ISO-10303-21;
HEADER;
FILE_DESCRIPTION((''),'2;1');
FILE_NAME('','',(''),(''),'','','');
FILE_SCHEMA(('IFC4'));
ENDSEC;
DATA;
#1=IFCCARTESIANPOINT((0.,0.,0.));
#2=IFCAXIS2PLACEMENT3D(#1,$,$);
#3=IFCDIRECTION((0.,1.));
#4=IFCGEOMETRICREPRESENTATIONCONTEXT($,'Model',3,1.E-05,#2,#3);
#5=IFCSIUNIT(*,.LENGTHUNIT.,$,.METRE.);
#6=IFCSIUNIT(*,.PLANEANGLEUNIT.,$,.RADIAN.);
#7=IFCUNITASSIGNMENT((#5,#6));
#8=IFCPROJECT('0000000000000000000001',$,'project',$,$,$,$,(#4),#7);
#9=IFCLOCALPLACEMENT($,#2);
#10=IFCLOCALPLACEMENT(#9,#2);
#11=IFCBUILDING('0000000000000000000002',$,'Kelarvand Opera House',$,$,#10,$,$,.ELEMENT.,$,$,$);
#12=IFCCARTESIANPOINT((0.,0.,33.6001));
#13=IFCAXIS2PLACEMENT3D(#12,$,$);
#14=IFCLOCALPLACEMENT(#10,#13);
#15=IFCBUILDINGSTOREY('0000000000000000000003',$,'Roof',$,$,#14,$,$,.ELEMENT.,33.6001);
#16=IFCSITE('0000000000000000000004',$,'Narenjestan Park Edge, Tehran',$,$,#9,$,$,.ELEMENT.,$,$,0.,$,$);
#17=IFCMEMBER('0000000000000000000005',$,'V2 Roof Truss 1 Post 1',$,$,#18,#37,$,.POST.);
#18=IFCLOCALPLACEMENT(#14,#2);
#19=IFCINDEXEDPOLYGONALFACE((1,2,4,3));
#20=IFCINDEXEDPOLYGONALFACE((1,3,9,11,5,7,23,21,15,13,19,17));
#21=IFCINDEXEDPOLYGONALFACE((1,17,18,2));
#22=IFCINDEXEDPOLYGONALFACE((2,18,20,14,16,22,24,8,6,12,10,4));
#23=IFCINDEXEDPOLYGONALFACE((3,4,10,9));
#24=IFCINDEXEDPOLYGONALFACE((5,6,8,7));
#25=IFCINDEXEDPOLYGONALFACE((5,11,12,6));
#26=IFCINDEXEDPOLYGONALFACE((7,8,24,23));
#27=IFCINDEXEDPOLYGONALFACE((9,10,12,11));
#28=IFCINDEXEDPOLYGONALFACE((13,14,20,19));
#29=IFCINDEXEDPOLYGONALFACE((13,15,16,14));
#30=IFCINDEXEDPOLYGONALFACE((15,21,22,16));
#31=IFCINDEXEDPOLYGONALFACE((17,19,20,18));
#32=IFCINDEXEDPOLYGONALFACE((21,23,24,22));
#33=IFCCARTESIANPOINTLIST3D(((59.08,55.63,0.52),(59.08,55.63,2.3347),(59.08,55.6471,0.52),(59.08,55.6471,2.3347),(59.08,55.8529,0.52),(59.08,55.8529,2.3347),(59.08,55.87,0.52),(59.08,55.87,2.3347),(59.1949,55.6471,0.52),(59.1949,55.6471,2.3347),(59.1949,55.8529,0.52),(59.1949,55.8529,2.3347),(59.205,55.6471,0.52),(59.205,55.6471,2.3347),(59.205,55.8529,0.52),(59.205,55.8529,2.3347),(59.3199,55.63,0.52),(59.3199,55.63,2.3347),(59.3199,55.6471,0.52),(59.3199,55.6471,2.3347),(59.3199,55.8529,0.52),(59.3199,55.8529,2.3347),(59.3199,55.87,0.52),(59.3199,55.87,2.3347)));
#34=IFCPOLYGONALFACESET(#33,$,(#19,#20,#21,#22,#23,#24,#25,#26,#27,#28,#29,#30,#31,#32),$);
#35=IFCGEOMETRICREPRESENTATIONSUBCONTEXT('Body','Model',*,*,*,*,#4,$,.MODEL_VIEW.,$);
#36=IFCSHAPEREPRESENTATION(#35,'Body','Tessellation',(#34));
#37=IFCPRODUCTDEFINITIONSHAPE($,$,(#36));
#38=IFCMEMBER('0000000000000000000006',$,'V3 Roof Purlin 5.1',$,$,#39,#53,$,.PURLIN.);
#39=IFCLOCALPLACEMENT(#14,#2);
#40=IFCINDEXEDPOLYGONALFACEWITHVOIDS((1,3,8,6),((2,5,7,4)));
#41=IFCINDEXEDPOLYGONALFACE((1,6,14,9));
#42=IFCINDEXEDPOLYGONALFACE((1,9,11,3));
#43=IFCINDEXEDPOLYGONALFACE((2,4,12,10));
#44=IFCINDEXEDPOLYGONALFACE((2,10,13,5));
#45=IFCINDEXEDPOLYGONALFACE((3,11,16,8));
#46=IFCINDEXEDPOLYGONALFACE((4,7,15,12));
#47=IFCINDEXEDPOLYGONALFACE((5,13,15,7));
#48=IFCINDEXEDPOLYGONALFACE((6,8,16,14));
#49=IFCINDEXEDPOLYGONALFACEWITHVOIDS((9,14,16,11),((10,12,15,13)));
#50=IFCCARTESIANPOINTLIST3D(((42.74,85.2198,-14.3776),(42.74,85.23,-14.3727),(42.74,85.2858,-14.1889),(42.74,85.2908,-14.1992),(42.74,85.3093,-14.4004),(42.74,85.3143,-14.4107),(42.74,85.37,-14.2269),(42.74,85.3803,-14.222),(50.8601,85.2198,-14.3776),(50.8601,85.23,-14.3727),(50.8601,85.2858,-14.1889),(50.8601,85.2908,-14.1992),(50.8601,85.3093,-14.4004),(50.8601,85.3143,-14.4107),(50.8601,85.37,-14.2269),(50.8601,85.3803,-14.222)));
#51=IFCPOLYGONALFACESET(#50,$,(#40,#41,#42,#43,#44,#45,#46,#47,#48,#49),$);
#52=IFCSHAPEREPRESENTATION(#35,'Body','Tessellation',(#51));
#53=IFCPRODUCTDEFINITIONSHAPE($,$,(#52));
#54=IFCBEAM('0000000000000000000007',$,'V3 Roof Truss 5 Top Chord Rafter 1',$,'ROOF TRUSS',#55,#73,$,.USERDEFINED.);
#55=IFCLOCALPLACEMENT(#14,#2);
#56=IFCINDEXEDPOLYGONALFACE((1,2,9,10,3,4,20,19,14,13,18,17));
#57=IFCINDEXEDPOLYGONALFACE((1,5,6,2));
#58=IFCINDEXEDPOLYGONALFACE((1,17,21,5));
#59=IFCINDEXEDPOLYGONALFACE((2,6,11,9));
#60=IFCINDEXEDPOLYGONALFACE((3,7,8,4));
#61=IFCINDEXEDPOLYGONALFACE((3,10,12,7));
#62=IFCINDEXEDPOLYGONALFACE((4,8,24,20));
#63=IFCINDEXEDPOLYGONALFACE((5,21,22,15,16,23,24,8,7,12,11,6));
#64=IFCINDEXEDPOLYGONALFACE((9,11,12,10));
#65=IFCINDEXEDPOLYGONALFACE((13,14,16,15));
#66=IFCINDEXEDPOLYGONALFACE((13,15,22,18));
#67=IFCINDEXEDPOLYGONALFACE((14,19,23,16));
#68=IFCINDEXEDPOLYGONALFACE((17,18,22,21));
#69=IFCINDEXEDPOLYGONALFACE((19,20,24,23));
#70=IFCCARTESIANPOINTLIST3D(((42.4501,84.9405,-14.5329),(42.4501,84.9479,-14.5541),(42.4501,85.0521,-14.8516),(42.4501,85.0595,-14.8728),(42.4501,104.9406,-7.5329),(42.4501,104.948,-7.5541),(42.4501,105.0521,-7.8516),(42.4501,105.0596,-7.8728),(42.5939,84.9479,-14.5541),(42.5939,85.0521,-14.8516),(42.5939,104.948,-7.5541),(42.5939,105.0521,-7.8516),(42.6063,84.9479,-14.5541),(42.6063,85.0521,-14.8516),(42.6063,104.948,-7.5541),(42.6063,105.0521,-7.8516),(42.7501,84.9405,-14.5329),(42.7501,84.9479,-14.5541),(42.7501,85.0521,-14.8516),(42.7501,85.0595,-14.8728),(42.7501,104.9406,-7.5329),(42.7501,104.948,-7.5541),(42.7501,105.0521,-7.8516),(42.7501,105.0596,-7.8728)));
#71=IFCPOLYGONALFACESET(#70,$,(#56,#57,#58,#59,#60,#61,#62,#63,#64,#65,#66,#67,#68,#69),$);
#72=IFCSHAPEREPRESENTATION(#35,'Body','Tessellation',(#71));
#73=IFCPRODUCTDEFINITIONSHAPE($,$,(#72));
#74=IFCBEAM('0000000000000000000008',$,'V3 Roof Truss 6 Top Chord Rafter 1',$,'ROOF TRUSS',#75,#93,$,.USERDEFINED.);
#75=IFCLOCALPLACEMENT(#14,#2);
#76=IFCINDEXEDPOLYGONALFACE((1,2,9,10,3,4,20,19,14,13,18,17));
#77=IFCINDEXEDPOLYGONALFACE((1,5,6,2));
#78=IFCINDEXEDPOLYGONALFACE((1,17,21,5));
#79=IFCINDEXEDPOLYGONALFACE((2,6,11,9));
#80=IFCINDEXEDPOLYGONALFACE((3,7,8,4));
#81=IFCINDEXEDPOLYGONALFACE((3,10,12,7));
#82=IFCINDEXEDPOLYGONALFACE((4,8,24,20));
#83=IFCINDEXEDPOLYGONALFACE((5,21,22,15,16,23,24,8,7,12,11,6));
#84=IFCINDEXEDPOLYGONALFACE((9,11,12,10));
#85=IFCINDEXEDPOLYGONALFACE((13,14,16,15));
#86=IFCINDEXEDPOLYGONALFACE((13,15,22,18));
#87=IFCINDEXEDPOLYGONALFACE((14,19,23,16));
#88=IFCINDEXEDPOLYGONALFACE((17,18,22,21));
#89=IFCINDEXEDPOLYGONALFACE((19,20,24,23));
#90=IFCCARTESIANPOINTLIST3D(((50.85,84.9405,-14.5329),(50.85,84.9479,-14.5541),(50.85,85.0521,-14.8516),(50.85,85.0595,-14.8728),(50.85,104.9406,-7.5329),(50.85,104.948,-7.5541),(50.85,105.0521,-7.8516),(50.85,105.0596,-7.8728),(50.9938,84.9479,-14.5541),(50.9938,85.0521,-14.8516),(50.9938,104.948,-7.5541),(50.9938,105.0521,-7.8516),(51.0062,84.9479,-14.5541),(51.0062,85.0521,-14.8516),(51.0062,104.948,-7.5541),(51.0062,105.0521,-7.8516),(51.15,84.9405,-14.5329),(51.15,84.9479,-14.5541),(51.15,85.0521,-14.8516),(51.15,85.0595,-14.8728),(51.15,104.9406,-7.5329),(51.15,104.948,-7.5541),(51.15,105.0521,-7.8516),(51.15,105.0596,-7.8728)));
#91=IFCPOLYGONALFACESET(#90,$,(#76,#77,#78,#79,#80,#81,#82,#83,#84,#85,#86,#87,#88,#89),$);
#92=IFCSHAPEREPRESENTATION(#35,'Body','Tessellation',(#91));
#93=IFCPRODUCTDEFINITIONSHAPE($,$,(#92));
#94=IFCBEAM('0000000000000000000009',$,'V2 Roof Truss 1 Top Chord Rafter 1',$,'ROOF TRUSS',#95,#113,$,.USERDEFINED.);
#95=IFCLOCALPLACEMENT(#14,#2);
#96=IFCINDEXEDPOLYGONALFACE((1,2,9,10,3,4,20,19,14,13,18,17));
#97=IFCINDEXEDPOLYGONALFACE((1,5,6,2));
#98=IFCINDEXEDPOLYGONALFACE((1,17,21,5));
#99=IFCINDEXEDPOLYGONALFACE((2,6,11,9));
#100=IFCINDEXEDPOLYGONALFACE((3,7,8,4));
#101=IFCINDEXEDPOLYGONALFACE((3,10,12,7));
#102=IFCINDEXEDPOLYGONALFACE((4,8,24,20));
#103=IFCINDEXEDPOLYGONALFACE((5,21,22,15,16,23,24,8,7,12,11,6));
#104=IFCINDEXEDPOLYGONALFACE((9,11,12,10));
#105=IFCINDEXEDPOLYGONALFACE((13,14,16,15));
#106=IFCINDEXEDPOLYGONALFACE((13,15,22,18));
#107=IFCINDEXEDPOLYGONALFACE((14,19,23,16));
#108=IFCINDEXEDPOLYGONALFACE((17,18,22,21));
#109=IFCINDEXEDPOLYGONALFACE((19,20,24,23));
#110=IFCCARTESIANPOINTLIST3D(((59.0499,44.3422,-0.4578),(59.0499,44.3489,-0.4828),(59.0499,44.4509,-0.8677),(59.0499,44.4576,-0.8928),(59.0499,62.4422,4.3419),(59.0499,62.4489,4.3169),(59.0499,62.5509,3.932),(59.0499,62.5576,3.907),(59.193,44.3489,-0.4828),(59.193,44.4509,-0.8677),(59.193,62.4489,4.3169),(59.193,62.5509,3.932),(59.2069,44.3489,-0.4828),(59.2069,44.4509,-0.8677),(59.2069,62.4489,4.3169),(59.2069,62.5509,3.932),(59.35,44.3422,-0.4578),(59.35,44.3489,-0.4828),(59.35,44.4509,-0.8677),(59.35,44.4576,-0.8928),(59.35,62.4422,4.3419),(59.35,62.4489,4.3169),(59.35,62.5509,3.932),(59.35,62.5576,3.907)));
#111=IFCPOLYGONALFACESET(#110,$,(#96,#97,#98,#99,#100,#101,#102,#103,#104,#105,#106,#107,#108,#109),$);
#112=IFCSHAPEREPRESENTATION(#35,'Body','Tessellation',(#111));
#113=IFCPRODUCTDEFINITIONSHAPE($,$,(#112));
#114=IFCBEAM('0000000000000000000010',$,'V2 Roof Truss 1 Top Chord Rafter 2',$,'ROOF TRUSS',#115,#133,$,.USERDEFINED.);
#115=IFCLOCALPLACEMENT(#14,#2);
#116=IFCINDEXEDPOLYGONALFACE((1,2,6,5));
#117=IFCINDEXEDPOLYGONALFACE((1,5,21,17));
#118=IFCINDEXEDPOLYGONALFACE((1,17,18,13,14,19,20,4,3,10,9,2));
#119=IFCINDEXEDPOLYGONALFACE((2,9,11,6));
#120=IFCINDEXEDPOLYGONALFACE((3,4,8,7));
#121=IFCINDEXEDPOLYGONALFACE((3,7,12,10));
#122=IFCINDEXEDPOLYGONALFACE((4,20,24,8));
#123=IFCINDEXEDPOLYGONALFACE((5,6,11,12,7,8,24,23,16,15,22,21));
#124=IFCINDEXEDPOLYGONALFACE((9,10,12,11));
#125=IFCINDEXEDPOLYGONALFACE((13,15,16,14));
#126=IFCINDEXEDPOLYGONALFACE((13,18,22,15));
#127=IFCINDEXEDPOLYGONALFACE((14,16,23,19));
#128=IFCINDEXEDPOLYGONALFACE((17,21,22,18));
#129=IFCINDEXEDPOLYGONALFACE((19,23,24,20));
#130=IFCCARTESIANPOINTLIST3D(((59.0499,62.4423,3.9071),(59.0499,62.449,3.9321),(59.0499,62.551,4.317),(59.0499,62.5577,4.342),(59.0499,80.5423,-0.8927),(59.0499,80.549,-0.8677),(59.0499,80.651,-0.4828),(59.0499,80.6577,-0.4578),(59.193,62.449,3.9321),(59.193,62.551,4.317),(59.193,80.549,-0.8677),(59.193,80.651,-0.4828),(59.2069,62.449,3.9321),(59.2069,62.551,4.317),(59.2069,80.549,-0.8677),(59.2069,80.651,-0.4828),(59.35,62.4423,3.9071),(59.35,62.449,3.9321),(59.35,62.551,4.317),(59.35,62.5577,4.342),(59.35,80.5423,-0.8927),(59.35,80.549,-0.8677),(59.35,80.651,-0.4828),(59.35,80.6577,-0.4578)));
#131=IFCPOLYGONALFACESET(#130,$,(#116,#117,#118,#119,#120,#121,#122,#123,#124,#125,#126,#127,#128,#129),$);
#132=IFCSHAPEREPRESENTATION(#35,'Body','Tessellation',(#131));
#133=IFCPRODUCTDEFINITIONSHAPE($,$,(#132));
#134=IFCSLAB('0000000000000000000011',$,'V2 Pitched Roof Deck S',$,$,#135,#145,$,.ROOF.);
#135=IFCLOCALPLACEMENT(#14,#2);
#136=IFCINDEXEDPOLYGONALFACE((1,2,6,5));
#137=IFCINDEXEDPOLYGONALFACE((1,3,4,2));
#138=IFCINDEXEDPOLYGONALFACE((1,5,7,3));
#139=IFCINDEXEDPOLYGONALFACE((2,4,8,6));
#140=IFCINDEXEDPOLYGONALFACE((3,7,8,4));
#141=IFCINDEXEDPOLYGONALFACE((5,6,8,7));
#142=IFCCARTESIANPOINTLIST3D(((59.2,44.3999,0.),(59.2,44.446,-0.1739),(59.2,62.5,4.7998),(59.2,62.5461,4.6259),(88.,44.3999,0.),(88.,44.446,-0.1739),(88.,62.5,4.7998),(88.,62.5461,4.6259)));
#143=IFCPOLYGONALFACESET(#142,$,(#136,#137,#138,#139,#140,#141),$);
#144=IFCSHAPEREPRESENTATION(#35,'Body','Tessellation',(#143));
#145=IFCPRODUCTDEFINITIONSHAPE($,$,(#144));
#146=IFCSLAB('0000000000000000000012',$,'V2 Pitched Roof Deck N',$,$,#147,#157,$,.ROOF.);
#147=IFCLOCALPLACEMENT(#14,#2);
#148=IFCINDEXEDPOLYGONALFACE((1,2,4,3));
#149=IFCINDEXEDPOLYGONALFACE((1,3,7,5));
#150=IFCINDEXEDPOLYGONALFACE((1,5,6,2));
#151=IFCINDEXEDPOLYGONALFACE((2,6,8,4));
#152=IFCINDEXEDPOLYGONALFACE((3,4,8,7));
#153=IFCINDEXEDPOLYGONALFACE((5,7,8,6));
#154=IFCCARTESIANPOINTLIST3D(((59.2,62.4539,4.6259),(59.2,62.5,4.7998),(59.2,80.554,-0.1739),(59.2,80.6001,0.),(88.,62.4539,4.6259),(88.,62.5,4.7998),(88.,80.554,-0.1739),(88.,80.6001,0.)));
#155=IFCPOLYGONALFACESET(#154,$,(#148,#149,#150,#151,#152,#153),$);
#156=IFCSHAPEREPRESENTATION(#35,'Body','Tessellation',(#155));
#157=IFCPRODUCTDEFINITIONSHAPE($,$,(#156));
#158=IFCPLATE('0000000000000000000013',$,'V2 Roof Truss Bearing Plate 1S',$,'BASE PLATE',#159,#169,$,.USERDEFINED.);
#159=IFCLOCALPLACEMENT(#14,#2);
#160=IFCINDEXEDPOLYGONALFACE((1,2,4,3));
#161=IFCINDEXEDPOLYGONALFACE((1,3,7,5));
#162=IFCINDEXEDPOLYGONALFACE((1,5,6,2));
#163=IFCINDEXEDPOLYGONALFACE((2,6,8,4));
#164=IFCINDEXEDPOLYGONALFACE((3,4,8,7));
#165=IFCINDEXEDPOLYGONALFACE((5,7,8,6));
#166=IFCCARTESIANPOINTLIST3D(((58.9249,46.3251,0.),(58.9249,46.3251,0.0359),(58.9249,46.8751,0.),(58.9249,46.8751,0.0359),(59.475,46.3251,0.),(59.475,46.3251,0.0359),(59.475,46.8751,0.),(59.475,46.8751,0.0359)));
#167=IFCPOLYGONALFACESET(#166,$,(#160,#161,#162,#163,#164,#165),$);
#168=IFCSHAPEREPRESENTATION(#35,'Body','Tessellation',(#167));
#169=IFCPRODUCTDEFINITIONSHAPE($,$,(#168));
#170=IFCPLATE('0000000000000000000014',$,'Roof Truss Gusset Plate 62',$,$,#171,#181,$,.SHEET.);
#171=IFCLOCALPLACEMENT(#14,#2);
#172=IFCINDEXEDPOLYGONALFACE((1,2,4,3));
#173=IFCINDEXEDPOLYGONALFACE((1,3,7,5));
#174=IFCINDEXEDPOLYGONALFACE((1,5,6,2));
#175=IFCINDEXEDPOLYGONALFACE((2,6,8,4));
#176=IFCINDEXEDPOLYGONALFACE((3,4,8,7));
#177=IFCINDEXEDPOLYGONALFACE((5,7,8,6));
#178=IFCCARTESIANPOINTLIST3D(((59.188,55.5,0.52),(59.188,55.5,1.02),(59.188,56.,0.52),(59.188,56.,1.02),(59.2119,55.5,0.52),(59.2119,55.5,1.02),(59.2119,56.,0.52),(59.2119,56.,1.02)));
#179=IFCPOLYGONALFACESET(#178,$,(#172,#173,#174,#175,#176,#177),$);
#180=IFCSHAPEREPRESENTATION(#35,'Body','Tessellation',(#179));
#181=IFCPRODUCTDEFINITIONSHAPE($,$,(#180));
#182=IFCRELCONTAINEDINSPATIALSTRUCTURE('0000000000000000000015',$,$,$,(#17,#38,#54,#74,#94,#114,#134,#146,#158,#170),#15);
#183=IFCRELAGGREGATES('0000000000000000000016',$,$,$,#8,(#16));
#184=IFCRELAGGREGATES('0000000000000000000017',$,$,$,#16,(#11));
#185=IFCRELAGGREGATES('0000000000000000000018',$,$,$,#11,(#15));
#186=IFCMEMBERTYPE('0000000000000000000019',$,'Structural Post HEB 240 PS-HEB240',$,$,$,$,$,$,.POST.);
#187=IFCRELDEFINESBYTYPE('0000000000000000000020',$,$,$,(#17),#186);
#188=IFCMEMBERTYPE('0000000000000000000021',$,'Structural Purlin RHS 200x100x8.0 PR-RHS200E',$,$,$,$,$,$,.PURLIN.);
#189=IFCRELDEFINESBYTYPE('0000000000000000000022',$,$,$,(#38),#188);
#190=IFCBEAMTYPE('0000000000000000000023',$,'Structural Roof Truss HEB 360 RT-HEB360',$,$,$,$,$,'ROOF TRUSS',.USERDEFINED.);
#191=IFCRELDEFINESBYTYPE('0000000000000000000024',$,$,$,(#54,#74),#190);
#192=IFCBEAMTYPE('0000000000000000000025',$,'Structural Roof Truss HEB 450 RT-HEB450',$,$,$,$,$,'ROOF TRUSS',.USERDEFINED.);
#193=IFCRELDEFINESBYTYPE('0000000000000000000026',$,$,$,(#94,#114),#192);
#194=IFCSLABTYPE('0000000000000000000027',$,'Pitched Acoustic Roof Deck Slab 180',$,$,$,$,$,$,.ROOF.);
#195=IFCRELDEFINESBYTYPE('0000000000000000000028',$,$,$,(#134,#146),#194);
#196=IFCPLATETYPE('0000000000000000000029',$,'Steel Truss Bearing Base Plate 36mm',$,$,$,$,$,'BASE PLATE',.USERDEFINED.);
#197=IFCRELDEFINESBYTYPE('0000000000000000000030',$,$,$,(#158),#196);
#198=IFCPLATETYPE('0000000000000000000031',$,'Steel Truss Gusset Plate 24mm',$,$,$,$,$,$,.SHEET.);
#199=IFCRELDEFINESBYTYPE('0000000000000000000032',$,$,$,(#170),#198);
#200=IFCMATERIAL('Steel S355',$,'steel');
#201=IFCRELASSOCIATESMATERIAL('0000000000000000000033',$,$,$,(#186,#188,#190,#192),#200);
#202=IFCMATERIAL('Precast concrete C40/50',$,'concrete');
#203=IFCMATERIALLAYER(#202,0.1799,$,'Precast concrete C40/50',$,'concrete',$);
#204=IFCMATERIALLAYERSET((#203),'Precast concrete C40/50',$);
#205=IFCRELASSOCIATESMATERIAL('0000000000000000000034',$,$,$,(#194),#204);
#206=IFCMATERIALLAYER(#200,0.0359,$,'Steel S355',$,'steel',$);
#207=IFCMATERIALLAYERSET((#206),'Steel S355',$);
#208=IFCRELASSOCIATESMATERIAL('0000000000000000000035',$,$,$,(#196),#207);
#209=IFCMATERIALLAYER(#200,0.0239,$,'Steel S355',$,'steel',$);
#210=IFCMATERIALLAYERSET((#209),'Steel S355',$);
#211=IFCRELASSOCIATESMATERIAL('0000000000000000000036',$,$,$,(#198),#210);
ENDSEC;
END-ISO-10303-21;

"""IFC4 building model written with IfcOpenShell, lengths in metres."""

from ifc_helpers import new_model, si_unit, direction, frame, origin, origin_2d, place, context, subcontext, project, spatial, polyline, rectangle, hollow_rectangle, i_section, outline, extrude, material, layer, layer_set, material_profile, profile_set, type_object, element, save


model = new_model("IFC4")

# Units and contexts
model_context = context("Model", 3, precision=1e-05, world=origin(), true_north=direction((0.0, 1.0)))
body_context = subcontext(model_context, "Body", "Model", "MODEL_VIEW")
ifc_project = project(units=[si_unit("LENGTHUNIT", "METRE"), si_unit("PLANEANGLEUNIT", "RADIAN")], contexts=[model_context])

# Site, building, storey
site_placement = place(None, origin())
site = spatial("IfcSite", under=ifc_project, at=site_placement, Name="Narenjestan Park Edge, Tehran", CompositionType="ELEMENT", RefElevation=0.0)
building_placement = place(site_placement, origin())
building = spatial("IfcBuilding", under=site, at=building_placement, Name="Kelarvand Opera House", CompositionType="ELEMENT")
storey_placement = place(building_placement, frame((0.0, 0.0, 33.6001)))
storey = spatial("IfcBuildingStorey", under=building, at=storey_placement, Name="Roof", CompositionType="ELEMENT", Elevation=33.6001)

# Members
ifc_material_1 = material(Name="Steel S355", Category="steel")
ifc_material_profile_1 = material_profile(ifc_material_1, i_section(OverallWidth=0.24, OverallDepth=0.24, WebThickness=0.01, FlangeThickness=0.0171, at=origin_2d()), Name="HEB 240", Category="steel")
ifc_profile_set_1 = profile_set([ifc_material_profile_1], Name="Steel S355")
member_type_1 = type_object("IfcMemberType", Name="Structural Post HEB 240 PS-HEB240", PredefinedType="POST", material=ifc_profile_set_1)
member_1_placement = place(storey_placement, frame((59.2, 55.75, 0.52), z_axis=(0.0, 0.0, 1.0), x_axis=(1.0, 0.0, 0.0)))
element("IfcMember", 1, at=member_1_placement, inside=storey, type_object=member_type_1, Name="V2 Roof Truss 1 Post 1", PredefinedType="POST", context=body_context, shape_type="SweptSolid", body=[
    extrude(i_section(OverallWidth=0.24, OverallDepth=0.24, WebThickness=0.01, FlangeThickness=0.0171, at=origin_2d()), origin(), (0.0, 0.0, 1.0), 1.8147),
])
ifc_material_profile_2 = material_profile(ifc_material_1, hollow_rectangle(XDim=0.1001, YDim=0.2, WallThickness=0.0081, at=origin_2d()), Name="RHS 200x100x8.0", Category="steel")
ifc_profile_set_2 = profile_set([ifc_material_profile_2], Name="Steel S355")
member_type_2 = type_object("IfcMemberType", Name="Structural Purlin RHS 200x100x8.0 PR-RHS200E", PredefinedType="PURLIN", material=ifc_profile_set_2)
member_2_placement = place(storey_placement, frame((42.74, 85.3, -14.2998), z_axis=(1.0, 0.0, 0.0), x_axis=(0.0, 0.943859, -0.33035)))
element("IfcMember", 2, at=member_2_placement, inside=storey, type_object=member_type_2, Name="V3 Roof Purlin 5.1", PredefinedType="PURLIN", context=body_context, shape_type="SweptSolid", body=[
    extrude(hollow_rectangle(XDim=0.1001, YDim=0.2, WallThickness=0.0081, at=origin_2d()), origin(), (0.0, 0.0, 1.0), 8.1201),
])

# Beams
ifc_material_profile_3 = material_profile(ifc_material_1, i_section(OverallWidth=0.3, OverallDepth=0.3601, WebThickness=0.0125, FlangeThickness=0.0225, at=origin_2d()), Name="HEB 360", Category="steel")
ifc_profile_set_3 = profile_set([ifc_material_profile_3], Name="Steel S355")
beam_type_1 = type_object("IfcBeamType", Name="Structural Roof Truss HEB 360 RT-HEB360", ElementType="ROOF TRUSS", PredefinedType="USERDEFINED", material=ifc_profile_set_3)
for number, where, z_axis, x_axis, name in (
    (3, (42.6001, 85.0, -14.7029), (0.0, 0.943858, 0.33035), (-1.0, 0.0, 0.0), "V3 Roof Truss 5 Top Chord Rafter 1"),
    (4, (51.0, 85.0, -14.7029), (0.0, 0.943858, 0.33035), (-1.0, 0.0, 0.0), "V3 Roof Truss 6 Top Chord Rafter 1"),
):
    element("IfcBeam", number, at=place(storey_placement, frame(where, z_axis=z_axis, x_axis=x_axis)), inside=storey, type_object=beam_type_1, Name=name, ObjectType="ROOF TRUSS", PredefinedType="USERDEFINED", context=body_context, shape_type="SweptSolid", body=[
        extrude(i_section(OverallWidth=0.3, OverallDepth=0.3601, WebThickness=0.0125, FlangeThickness=0.0225, at=origin_2d()), origin(), (0.0, 0.0, 1.0), 21.1897),
    ])
ifc_material_profile_4 = material_profile(ifc_material_1, i_section(OverallWidth=0.3, OverallDepth=0.45, WebThickness=0.0139, FlangeThickness=0.0259, at=origin_2d()), Name="HEB 450", Category="steel")
ifc_profile_set_4 = profile_set([ifc_material_profile_4], Name="Steel S355")
beam_type_2 = type_object("IfcBeamType", Name="Structural Roof Truss HEB 450 RT-HEB450", ElementType="ROOF TRUSS", PredefinedType="USERDEFINED", material=ifc_profile_set_4)
for number, where, z_axis, x_axis, name in (
    (5, (59.2, 44.3999, -0.6753), (0.0, 0.966591, 0.256322), (-1.0, 0.0, 0.0), "V2 Roof Truss 1 Top Chord Rafter 1"),
    (6, (59.2, 62.5, 4.1245), (0.0, 0.966591, -0.256322), (-1.0, 0.0, 0.0), "V2 Roof Truss 1 Top Chord Rafter 2"),
):
    element("IfcBeam", number, at=place(storey_placement, frame(where, z_axis=z_axis, x_axis=x_axis)), inside=storey, type_object=beam_type_2, Name=name, ObjectType="ROOF TRUSS", PredefinedType="USERDEFINED", context=body_context, shape_type="SweptSolid", body=[
        extrude(i_section(OverallWidth=0.3, OverallDepth=0.45, WebThickness=0.0139, FlangeThickness=0.0259, at=origin_2d()), origin(), (0.0, 0.0, 1.0), 18.7256),
    ])

# Slabs
ifc_material_2 = material(Name="Precast concrete C40/50", Category="concrete")
ifc_layer_1 = layer(ifc_material_2, 0.1799, Name="Precast concrete C40/50", Category="concrete")
ifc_layer_set_1 = layer_set([ifc_layer_1], Name="Precast concrete C40/50")
slab_type = type_object("IfcSlabType", Name="Pitched Acoustic Roof Deck Slab 180", PredefinedType="ROOF", material=ifc_layer_set_1)
for number, where, z_axis, x_axis, name in (
    (7, (59.2, 44.3999, 0.0), (0.0, -0.256322, 0.966591), (1.0, 0.0, 0.0), "V2 Pitched Roof Deck S"),
    (8, (59.2, 62.5, 4.7998), (0.0, 0.256322, 0.966591), (1.0, 0.0, 0.0), "V2 Pitched Roof Deck N"),
):
    element("IfcSlab", number, at=place(storey_placement, frame(where, z_axis=z_axis, x_axis=x_axis)), inside=storey, type_object=slab_type, Name=name, PredefinedType="ROOF", context=body_context, shape_type="SweptSolid", body=[
        extrude(outline(polyline([(0.0, 0.0), (28.8, 0.0), (28.8, 18.7257), (0.0, 18.7257), (0.0, 0.0)])), origin(), (0.0, 0.0, -1.0), 0.1799),
    ])

# Plates
ifc_layer_2 = layer(ifc_material_1, 0.0359, Name="Steel S355", Category="steel")
ifc_layer_set_2 = layer_set([ifc_layer_2], Name="Steel S355")
plate_type_1 = type_object("IfcPlateType", Name="Steel Truss Bearing Base Plate 36mm", ElementType="BASE PLATE", PredefinedType="USERDEFINED", material=ifc_layer_set_2)
plate_1_placement = place(storey_placement, frame((59.2, 46.6001, 0.0), z_axis=(0.0, 0.0, 1.0), x_axis=(1.0, 0.0, 0.0)))
element("IfcPlate", 9, at=plate_1_placement, inside=storey, type_object=plate_type_1, Name="V2 Roof Truss Bearing Plate 1S", ObjectType="BASE PLATE", PredefinedType="USERDEFINED", context=body_context, shape_type="SweptSolid", body=[
    extrude(rectangle(XDim=0.55, YDim=0.55, at=origin_2d()), origin(), (0.0, 0.0, 1.0), 0.0359),
])
ifc_layer_3 = layer(ifc_material_1, 0.0239, Name="Steel S355", Category="steel")
ifc_layer_set_3 = layer_set([ifc_layer_3], Name="Steel S355")
plate_type_2 = type_object("IfcPlateType", Name="Steel Truss Gusset Plate 24mm", PredefinedType="SHEET", material=ifc_layer_set_3)
plate_2_placement = place(storey_placement, frame((59.2, 55.75, 0.52), z_axis=(0.0, 0.0, 1.0), x_axis=(1.0, 0.0, 0.0)))
element("IfcPlate", 10, at=plate_2_placement, inside=storey, type_object=plate_type_2, Name="Roof Truss Gusset Plate 62", PredefinedType="SHEET", context=body_context, shape_type="SweptSolid", body=[
    extrude(rectangle(XDim=0.0239, YDim=0.5, at=origin_2d()), origin(), (0.0, 0.0, 1.0), 0.5),
])

save(model, "model.ifc")
